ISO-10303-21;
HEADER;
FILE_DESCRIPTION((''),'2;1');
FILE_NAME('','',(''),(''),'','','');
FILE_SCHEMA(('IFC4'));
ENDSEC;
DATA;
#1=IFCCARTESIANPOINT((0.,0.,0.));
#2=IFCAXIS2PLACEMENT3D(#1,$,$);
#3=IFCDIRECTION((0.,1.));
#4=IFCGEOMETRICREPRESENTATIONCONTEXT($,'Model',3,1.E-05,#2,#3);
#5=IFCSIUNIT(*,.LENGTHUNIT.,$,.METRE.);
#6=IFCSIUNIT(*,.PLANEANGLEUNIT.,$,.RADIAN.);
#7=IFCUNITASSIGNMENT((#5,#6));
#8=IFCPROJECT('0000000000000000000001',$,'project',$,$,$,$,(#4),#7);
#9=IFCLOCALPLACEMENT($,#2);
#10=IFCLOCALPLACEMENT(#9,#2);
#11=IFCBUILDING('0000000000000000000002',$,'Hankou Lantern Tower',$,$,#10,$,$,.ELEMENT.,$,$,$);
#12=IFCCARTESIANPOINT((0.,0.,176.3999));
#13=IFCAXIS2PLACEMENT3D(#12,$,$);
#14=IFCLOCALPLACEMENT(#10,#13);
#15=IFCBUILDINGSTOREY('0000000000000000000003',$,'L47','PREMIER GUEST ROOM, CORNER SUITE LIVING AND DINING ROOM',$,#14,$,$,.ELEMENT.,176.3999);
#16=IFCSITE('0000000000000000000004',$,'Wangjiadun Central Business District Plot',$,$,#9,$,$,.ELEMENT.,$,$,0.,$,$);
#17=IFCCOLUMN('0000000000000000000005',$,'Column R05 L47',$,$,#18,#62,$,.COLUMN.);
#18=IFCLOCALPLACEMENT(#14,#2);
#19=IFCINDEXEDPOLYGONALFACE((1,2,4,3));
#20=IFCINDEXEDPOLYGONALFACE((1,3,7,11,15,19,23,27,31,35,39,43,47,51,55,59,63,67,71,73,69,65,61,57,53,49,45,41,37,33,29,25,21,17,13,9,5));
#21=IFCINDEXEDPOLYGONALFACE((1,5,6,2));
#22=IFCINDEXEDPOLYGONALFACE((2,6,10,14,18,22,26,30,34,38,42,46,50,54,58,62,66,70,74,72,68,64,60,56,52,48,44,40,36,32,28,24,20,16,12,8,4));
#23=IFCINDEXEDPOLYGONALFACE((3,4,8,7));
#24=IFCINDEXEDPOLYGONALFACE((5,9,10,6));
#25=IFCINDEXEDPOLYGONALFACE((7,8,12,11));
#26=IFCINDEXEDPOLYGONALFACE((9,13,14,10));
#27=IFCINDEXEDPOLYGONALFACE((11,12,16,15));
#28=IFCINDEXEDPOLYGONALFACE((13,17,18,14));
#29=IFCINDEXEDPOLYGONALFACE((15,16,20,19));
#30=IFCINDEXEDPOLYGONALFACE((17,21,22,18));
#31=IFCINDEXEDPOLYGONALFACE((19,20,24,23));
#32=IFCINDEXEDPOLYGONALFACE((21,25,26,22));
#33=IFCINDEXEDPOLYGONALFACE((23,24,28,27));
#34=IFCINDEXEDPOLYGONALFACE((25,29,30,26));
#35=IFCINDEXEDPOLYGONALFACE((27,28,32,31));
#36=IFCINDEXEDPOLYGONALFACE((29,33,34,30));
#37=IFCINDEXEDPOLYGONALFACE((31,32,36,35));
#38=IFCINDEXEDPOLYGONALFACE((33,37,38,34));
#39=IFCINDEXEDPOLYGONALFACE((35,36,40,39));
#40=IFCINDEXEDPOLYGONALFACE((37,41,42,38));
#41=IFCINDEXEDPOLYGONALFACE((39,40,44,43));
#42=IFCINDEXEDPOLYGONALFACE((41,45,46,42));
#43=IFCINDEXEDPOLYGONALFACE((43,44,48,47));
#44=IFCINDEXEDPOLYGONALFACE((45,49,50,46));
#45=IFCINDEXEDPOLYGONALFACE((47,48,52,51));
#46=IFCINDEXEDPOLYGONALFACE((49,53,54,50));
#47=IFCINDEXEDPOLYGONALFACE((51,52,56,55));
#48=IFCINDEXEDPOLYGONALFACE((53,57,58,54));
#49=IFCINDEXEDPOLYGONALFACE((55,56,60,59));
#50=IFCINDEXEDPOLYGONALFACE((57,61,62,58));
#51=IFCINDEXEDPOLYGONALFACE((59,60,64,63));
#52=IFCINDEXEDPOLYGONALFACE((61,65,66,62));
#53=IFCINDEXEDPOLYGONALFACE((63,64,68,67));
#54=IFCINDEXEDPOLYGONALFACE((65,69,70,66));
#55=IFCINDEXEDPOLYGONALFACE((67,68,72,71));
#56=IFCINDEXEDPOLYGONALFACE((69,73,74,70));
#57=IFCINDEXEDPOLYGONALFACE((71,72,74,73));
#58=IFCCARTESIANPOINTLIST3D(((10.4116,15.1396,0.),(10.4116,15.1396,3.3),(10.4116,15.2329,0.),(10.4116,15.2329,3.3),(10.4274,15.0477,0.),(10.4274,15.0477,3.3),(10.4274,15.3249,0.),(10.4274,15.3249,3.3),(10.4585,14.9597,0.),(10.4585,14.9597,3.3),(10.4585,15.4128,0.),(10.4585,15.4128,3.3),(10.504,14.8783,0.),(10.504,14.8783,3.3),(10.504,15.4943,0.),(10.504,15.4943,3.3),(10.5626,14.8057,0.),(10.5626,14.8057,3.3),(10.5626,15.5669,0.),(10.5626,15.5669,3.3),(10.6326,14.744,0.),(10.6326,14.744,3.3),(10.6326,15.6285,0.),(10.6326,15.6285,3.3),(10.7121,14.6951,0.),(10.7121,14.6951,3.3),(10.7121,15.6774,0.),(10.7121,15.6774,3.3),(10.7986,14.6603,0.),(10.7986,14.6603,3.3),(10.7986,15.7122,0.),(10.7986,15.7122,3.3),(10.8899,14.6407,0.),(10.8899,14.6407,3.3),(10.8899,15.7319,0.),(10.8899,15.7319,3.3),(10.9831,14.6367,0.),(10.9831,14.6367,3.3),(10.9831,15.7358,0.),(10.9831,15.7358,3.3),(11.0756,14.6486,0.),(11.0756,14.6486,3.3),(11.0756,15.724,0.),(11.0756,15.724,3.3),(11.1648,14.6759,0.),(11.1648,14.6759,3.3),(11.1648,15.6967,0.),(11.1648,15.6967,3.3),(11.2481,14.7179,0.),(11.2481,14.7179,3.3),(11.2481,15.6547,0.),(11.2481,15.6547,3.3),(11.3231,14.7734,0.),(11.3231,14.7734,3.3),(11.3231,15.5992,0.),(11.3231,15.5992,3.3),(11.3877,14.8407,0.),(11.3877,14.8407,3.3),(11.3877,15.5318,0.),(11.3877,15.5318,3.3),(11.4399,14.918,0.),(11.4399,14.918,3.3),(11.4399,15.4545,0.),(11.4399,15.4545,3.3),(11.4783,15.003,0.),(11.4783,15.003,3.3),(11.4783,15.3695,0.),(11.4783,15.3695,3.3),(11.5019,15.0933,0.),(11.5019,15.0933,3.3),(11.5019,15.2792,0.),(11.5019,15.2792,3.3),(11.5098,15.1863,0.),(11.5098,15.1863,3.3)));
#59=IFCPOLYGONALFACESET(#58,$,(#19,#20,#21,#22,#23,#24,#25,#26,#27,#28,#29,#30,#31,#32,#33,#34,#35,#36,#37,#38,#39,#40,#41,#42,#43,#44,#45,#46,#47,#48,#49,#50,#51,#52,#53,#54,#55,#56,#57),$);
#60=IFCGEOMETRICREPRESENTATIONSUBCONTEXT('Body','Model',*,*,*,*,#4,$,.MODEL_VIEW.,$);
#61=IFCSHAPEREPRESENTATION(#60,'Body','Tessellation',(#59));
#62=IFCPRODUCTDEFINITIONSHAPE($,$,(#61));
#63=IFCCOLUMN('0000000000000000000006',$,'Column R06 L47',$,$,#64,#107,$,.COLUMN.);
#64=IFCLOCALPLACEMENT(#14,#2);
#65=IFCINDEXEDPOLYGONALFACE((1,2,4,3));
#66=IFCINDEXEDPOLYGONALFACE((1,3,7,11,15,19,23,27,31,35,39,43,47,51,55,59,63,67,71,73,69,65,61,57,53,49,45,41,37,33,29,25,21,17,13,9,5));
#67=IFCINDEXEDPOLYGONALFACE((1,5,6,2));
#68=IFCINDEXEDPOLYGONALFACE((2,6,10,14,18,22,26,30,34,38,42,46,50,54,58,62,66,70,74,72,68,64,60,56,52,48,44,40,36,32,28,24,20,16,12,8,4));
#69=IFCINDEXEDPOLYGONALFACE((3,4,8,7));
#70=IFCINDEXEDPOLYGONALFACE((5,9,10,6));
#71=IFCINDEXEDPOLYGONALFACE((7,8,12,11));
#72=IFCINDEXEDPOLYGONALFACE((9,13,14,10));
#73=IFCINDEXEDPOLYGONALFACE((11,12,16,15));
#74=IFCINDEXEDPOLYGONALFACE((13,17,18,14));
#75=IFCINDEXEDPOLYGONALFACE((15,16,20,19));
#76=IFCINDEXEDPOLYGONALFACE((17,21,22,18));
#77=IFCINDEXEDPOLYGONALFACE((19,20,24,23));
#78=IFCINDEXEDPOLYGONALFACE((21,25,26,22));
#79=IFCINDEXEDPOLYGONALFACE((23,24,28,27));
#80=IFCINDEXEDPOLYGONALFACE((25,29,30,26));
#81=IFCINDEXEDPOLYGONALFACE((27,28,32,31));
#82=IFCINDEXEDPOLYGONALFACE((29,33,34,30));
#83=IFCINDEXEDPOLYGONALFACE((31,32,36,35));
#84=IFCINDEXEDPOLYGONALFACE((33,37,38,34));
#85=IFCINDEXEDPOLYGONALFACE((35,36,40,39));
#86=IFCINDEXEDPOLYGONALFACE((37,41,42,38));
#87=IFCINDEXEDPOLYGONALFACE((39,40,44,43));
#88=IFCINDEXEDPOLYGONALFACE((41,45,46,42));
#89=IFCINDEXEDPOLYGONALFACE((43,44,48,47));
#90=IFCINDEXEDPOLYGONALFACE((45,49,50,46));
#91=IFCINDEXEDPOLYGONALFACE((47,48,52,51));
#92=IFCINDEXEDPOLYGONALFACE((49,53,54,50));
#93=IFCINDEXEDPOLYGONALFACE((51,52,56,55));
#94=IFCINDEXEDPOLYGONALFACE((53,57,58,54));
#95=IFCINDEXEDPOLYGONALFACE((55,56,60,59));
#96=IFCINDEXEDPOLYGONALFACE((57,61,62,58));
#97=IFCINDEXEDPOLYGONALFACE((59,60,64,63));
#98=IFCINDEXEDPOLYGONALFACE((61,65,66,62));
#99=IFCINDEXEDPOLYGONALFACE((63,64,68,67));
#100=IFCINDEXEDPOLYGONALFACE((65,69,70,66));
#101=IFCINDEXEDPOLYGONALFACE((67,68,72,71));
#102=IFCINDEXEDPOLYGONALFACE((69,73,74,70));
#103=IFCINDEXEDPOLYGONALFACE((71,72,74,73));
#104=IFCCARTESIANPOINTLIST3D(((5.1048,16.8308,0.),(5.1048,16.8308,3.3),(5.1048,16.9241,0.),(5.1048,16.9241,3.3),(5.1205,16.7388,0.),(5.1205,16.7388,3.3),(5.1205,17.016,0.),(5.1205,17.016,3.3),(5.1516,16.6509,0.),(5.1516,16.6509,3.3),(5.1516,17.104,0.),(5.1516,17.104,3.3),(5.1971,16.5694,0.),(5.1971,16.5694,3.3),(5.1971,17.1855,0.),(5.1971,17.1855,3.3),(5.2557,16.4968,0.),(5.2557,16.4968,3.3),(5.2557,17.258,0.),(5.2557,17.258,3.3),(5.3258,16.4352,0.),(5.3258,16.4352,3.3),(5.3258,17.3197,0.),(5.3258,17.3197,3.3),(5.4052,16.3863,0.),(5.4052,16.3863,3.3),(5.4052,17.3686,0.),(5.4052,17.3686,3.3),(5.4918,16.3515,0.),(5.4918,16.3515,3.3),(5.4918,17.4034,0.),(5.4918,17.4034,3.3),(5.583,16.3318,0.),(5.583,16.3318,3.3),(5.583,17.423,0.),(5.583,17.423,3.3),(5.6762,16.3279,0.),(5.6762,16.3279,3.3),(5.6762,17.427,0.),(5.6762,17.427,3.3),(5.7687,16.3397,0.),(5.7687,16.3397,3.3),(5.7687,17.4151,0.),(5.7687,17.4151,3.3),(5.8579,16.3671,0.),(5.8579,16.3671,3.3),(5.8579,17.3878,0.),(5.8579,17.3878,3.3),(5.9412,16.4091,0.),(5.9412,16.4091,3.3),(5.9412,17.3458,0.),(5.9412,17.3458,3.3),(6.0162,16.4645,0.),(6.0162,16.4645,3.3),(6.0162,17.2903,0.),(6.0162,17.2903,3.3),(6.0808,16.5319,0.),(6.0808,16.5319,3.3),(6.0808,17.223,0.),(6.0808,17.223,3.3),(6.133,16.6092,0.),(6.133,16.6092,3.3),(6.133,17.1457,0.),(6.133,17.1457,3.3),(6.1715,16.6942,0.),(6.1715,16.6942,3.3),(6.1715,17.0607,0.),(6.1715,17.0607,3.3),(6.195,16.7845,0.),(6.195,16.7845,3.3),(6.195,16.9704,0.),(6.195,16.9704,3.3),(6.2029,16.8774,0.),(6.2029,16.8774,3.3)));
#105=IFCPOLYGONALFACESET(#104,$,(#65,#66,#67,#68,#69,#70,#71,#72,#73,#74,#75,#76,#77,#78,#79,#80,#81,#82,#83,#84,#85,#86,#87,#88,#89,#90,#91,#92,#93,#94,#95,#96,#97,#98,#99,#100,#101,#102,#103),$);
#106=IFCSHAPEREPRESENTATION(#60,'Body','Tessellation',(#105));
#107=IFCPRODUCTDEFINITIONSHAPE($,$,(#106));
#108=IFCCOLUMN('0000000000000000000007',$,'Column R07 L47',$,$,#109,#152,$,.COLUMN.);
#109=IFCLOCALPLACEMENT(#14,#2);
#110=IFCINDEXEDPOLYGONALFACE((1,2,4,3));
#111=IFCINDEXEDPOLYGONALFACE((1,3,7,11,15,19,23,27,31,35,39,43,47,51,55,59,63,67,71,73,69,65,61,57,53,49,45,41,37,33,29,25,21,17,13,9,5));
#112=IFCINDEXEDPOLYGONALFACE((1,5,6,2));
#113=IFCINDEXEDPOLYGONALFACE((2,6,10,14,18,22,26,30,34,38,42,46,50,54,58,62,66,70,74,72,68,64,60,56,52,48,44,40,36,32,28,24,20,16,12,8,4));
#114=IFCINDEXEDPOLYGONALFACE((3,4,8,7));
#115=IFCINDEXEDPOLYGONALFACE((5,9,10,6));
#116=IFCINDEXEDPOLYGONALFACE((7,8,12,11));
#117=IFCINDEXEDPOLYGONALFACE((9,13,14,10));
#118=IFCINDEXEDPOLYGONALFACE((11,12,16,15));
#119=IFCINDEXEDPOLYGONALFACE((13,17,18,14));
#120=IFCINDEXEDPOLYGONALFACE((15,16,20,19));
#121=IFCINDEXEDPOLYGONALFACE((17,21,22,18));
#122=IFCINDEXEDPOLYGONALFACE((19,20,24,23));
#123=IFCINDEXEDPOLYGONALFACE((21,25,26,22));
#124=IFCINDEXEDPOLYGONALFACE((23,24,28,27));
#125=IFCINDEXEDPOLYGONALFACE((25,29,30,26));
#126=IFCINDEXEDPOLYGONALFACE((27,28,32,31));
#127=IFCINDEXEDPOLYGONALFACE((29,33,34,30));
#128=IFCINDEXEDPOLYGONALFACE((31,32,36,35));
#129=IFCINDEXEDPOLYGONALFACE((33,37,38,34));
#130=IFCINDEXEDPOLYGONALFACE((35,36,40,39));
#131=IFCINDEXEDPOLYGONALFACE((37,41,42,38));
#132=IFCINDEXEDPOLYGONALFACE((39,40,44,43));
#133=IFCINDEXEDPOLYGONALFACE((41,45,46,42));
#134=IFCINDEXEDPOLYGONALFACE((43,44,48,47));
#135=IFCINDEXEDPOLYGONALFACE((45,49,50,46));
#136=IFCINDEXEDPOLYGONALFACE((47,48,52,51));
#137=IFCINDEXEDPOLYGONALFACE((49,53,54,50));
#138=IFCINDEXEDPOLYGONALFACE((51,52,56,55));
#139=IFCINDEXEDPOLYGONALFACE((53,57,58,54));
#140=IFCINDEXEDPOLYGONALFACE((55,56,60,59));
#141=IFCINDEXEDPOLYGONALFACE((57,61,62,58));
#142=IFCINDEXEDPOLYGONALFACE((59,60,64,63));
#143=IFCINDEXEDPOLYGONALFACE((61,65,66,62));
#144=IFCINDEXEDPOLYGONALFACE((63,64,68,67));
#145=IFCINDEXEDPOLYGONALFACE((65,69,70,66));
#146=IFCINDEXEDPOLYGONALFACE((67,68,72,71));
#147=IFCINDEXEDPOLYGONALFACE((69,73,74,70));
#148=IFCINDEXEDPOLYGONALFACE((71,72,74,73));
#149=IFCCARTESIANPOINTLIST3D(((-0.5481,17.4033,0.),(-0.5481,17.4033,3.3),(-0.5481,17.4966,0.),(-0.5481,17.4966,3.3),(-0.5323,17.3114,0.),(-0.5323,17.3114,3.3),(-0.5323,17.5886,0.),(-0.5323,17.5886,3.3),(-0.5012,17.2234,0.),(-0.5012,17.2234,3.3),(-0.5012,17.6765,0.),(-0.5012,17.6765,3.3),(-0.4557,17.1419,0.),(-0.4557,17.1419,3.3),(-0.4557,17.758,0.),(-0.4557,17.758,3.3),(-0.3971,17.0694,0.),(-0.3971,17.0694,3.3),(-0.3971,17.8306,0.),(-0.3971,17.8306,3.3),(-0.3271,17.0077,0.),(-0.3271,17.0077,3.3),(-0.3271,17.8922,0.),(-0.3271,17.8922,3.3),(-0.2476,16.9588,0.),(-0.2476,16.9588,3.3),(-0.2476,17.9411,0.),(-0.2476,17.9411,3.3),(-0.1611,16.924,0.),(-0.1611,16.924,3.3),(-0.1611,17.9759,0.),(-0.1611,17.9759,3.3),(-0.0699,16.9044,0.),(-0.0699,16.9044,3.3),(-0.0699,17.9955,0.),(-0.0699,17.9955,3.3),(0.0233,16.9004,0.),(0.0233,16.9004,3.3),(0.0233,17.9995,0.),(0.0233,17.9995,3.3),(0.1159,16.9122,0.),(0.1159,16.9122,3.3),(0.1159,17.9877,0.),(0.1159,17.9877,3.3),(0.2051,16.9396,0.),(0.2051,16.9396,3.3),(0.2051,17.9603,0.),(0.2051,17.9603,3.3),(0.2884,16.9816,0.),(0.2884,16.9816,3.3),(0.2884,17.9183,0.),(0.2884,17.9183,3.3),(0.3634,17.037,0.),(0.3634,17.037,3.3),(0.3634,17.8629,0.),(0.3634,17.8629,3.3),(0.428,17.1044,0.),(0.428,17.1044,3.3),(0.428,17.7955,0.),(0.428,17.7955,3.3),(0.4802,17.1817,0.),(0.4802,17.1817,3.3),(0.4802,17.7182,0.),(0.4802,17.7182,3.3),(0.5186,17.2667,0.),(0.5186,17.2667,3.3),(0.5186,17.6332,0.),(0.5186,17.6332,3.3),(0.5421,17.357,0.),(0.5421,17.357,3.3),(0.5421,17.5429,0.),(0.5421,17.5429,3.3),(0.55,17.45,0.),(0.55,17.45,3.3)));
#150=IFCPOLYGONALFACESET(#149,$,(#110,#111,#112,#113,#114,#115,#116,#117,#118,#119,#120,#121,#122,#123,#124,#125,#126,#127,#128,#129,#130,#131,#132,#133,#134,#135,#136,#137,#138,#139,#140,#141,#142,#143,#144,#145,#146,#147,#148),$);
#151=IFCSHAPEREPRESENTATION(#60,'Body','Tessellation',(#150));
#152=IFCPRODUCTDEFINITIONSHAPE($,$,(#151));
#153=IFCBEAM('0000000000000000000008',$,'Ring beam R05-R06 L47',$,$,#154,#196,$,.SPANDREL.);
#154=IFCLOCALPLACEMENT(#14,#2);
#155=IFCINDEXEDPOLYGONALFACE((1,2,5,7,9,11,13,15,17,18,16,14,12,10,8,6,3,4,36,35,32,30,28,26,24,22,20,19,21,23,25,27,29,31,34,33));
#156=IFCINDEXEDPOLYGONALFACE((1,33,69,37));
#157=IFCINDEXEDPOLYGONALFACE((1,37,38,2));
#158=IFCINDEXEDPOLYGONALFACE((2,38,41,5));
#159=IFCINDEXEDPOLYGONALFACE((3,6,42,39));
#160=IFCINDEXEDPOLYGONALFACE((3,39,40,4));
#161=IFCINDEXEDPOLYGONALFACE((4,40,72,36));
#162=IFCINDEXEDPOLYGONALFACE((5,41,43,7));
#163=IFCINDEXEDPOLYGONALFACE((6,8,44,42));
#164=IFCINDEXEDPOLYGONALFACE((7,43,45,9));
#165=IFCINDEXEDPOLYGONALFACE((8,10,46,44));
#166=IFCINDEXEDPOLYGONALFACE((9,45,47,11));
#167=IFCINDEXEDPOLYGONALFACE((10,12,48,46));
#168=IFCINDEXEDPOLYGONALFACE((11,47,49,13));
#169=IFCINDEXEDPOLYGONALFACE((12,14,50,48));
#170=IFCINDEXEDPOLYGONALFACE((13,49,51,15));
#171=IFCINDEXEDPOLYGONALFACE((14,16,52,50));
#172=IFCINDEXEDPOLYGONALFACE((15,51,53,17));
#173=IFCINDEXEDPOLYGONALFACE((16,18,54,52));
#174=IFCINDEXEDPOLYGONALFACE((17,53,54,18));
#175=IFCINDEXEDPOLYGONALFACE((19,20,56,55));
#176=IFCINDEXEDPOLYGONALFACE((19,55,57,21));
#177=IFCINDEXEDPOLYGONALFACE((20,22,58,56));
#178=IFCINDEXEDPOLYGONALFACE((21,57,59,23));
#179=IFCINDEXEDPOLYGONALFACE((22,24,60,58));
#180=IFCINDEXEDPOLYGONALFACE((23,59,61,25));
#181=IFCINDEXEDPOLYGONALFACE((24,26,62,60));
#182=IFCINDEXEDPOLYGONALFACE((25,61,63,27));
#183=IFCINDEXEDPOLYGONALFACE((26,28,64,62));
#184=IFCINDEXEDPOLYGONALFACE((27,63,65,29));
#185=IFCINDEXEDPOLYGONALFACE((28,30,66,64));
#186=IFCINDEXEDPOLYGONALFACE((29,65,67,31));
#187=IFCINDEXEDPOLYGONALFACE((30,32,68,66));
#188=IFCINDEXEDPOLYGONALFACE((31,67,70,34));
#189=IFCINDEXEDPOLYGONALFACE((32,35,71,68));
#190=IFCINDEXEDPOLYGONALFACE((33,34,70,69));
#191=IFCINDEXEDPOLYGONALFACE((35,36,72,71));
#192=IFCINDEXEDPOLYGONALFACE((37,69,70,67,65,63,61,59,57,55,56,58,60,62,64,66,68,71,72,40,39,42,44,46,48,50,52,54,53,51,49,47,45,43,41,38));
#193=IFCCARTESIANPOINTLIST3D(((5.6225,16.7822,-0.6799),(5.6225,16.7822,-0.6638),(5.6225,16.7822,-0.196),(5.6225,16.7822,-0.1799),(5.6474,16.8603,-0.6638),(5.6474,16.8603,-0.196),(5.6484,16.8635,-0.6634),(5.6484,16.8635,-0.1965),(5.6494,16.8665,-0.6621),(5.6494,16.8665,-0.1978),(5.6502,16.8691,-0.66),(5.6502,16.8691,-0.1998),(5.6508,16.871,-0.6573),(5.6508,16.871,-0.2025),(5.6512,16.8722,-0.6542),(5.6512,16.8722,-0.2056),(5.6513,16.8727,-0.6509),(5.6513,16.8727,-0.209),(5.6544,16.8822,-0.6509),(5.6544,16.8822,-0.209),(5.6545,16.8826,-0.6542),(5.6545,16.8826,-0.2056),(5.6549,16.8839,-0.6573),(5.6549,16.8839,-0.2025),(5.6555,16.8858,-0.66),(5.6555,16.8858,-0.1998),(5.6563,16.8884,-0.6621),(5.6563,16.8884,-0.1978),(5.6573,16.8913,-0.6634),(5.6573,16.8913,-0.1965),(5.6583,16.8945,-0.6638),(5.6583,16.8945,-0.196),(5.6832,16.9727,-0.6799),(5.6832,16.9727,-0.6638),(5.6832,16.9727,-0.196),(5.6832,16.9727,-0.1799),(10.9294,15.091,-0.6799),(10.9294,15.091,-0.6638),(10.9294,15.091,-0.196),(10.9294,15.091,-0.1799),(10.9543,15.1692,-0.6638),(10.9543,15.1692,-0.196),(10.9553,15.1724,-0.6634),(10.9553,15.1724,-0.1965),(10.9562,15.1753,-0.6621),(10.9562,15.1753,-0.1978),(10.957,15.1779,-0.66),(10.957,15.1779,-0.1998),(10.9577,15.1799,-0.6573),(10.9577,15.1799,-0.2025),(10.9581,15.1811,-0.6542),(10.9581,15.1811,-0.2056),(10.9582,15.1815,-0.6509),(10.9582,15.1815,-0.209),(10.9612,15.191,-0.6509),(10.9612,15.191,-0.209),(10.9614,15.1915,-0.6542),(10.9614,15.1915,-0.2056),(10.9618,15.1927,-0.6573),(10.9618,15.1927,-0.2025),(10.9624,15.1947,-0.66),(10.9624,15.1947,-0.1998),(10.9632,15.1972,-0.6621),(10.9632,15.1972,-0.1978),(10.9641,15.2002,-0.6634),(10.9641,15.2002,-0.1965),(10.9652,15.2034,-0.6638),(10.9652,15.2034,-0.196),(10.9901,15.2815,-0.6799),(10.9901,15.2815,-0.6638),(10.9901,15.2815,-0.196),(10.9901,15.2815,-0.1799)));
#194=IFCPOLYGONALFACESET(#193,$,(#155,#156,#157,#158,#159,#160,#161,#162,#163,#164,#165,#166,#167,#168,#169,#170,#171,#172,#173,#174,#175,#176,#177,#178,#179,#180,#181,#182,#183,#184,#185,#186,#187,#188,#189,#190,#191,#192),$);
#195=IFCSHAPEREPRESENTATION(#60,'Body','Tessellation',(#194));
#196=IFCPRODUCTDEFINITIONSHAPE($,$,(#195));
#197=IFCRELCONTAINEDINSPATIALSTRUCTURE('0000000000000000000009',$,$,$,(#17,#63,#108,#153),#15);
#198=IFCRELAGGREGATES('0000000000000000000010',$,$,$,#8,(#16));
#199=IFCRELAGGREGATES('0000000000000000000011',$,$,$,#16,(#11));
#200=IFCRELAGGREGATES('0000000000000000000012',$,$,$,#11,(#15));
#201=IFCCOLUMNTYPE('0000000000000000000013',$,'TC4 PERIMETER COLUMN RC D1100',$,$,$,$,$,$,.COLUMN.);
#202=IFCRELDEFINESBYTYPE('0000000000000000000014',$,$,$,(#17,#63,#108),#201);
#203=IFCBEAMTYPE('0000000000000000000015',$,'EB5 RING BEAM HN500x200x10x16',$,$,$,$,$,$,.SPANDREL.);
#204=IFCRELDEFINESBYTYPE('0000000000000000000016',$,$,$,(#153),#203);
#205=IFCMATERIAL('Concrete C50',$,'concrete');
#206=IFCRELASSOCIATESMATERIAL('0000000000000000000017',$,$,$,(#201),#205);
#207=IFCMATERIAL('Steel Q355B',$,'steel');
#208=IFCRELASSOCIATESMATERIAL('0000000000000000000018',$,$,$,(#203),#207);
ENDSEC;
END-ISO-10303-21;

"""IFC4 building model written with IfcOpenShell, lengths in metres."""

from ifc_helpers import new_model, si_unit, direction, frame, origin, origin_2d, place, context, subcontext, project, spatial, circle, i_section, extrude, material, material_profile, profile_set, type_object, element, save


model = new_model("IFC4")

# Units and contexts
model_context = context("Model", 3, precision=1e-05, world=origin(), true_north=direction((0.0, 1.0)))
body_context = subcontext(model_context, "Body", "Model", "MODEL_VIEW")
ifc_project = project(units=[si_unit("LENGTHUNIT", "METRE"), si_unit("PLANEANGLEUNIT", "RADIAN")], contexts=[model_context])

# Site, building, storey
site_placement = place(None, origin())
site = spatial("IfcSite", under=ifc_project, at=site_placement, Name="Wangjiadun Central Business District Plot", CompositionType="ELEMENT", RefElevation=0.0)
building_placement = place(site_placement, origin())
building = spatial("IfcBuilding", under=site, at=building_placement, Name="Hankou Lantern Tower", CompositionType="ELEMENT")
storey_placement = place(building_placement, frame((0.0, 0.0, 176.3999)))
storey = spatial("IfcBuildingStorey", under=building, at=storey_placement, Name="L47", Description="PREMIER GUEST ROOM, CORNER SUITE LIVING AND DINING ROOM", CompositionType="ELEMENT", Elevation=176.3999)

# Columns
ifc_material_1 = material(Name="Concrete C50", Category="concrete")
ifc_material_profile_1 = material_profile(ifc_material_1, circle(Radius=0.55, at=origin_2d()), Name="RC D1100")
ifc_profile_set_1 = profile_set([ifc_material_profile_1], Name="Concrete C50")
column_type = type_object("IfcColumnType", Name="TC4 PERIMETER COLUMN RC D1100", PredefinedType="COLUMN", material=ifc_profile_set_1)
for number, where, z_axis, x_axis, name in (
    (1, (10.9597, 15.1863, 0.0), (0.0, 0.0, 1.0), (1.0, 0.0, 0.0), "Column R05 L47"),
    (2, (5.6528, 16.8774, 0.0), (0.0, 0.0, 1.0), (1.0, 0.0, 0.0), "Column R06 L47"),
    (3, (0.0, 17.45, 0.0), (0.0, 0.0, 1.0), (1.0, 0.0, 0.0), "Column R07 L47"),
):
    element("IfcColumn", number, at=place(storey_placement, frame(where, z_axis=z_axis, x_axis=x_axis)), inside=storey, type_object=column_type, Name=name, PredefinedType="COLUMN", context=body_context, shape_type="SweptSolid", body=[
        extrude(circle(Radius=0.55, at=origin_2d()), origin(), (0.0, 0.0, 1.0), 3.3),
    ])

# Beam
ifc_material_2 = material(Name="Steel Q355B", Category="steel")
ifc_material_profile_2 = material_profile(ifc_material_2, i_section(OverallWidth=0.2, OverallDepth=0.5, WebThickness=0.01, FlangeThickness=0.0161, FilletRadius=0.0129, at=origin_2d()), Name="HN500x200x10x16")
ifc_profile_set_2 = profile_set([ifc_material_profile_2], Name="Steel Q355B")
beam_type_1 = type_object("IfcBeamType", Name="EB5 RING BEAM HN500x200x10x16", PredefinedType="SPANDREL", material=ifc_profile_set_2)
beam_1_placement = place(storey_placement, frame((10.9597, 15.1863, -0.4299), z_axis=(-0.95279, 0.303629, 0.0), x_axis=(-0.303629, -0.95279, 0.0)))
element("IfcBeam", 4, at=beam_1_placement, inside=storey, type_object=beam_type_1, Name="Ring beam R05-R06 L47", PredefinedType="SPANDREL", context=body_context, shape_type="SweptSolid", body=[
    extrude(i_section(OverallWidth=0.2, OverallDepth=0.5, WebThickness=0.01, FlangeThickness=0.0161, FilletRadius=0.0129, at=origin_2d()), origin(), (0.0, 0.0, 1.0), 5.5698),
])

save(model, "model.ifc")
